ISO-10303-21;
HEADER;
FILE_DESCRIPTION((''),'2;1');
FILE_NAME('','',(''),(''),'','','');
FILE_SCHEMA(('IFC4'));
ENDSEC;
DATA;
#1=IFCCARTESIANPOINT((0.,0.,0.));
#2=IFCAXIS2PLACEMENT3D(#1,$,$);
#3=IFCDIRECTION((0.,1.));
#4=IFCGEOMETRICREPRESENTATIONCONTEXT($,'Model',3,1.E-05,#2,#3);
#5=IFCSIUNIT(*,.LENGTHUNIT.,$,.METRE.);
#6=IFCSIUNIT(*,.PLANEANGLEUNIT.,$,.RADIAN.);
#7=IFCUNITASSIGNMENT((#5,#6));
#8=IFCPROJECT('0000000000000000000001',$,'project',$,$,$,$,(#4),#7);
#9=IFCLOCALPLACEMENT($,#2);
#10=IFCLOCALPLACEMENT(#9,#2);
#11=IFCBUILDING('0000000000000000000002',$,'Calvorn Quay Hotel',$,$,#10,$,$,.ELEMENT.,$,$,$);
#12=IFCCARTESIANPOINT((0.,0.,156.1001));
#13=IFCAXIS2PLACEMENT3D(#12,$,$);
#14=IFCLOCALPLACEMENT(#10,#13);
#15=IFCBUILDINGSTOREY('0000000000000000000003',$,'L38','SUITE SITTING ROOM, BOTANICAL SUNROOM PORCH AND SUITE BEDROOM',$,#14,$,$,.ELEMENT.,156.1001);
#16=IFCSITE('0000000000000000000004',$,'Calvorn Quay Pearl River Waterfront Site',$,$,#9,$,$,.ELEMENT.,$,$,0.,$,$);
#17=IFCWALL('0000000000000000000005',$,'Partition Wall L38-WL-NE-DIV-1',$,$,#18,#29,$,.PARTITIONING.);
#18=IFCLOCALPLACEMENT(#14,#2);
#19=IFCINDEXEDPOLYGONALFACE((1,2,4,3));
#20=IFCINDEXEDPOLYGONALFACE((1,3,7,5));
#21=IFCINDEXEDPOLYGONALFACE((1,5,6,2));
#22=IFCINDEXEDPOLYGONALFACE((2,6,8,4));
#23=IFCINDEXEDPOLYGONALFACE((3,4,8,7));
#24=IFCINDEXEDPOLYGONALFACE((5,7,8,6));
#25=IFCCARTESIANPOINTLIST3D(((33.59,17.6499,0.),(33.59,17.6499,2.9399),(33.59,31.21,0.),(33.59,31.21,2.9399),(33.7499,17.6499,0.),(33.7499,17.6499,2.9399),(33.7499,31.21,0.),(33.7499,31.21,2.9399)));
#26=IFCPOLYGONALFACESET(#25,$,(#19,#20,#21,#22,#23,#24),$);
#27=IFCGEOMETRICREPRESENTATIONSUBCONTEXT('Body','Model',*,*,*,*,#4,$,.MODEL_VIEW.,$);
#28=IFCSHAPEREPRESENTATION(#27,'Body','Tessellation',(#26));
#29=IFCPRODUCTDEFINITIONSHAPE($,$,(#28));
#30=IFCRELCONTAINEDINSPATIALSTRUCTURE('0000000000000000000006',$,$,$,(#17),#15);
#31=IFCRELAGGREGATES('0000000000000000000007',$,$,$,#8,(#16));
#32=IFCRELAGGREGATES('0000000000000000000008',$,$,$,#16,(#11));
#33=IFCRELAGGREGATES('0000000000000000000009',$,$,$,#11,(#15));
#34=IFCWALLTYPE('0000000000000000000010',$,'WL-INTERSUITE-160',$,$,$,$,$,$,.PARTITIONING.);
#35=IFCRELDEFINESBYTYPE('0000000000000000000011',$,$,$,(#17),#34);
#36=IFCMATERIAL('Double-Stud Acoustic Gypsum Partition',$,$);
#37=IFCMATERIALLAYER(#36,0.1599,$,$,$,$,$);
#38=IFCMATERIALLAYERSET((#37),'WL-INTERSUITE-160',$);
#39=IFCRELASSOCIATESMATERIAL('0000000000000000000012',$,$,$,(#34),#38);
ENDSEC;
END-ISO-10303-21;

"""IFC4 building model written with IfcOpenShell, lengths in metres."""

from ifc_helpers import new_model, si_unit, direction, frame, frame_2d, origin, place, context, subcontext, project, spatial, rectangle, extrude, material, layer, layer_set, type_object, element, save


model = new_model("IFC4")

# Units and contexts
model_context = context("Model", 3, precision=1e-05, world=origin(), true_north=direction((0.0, 1.0)))
body_context = subcontext(model_context, "Body", "Model", "MODEL_VIEW")
ifc_project = project(units=[si_unit("LENGTHUNIT", "METRE"), si_unit("PLANEANGLEUNIT", "RADIAN")], contexts=[model_context])

# Site, building, storey
site_placement = place(None, origin())
site = spatial("IfcSite", under=ifc_project, at=site_placement, Name="Calvorn Quay Pearl River Waterfront Site", CompositionType="ELEMENT", RefElevation=0.0)
building_placement = place(site_placement, origin())
building = spatial("IfcBuilding", under=site, at=building_placement, Name="Calvorn Quay Hotel", CompositionType="ELEMENT")
storey_placement = place(building_placement, frame((0.0, 0.0, 156.1001)))
storey = spatial("IfcBuildingStorey", under=building, at=storey_placement, Name="L38", Description="SUITE SITTING ROOM, BOTANICAL SUNROOM PORCH AND SUITE BEDROOM", CompositionType="ELEMENT", Elevation=156.1001)

# Wall
ifc_material_1 = material(Name="Double-Stud Acoustic Gypsum Partition")
ifc_layer_1 = layer(ifc_material_1, 0.1599)
ifc_layer_set_1 = layer_set([ifc_layer_1], Name="WL-INTERSUITE-160")
wall_type_1 = type_object("IfcWallType", Name="WL-INTERSUITE-160", PredefinedType="PARTITIONING", material=ifc_layer_set_1)
wall_1_placement = place(storey_placement, frame((33.6699, 17.6499, 0.0), z_axis=(0.0, 0.0, 1.0), x_axis=(0.0, 1.0, 0.0)))
element("IfcWall", 1, at=wall_1_placement, inside=storey, type_object=wall_type_1, Name="Partition Wall L38-WL-NE-DIV-1", PredefinedType="PARTITIONING", context=body_context, shape_type="SweptSolid", body=[
    extrude(rectangle(XDim=13.5601, YDim=0.1599, at=frame_2d((6.78, 0.0))), origin(), (0.0, 0.0, 1.0), 2.9399),
])

save(model, "model.ifc")
